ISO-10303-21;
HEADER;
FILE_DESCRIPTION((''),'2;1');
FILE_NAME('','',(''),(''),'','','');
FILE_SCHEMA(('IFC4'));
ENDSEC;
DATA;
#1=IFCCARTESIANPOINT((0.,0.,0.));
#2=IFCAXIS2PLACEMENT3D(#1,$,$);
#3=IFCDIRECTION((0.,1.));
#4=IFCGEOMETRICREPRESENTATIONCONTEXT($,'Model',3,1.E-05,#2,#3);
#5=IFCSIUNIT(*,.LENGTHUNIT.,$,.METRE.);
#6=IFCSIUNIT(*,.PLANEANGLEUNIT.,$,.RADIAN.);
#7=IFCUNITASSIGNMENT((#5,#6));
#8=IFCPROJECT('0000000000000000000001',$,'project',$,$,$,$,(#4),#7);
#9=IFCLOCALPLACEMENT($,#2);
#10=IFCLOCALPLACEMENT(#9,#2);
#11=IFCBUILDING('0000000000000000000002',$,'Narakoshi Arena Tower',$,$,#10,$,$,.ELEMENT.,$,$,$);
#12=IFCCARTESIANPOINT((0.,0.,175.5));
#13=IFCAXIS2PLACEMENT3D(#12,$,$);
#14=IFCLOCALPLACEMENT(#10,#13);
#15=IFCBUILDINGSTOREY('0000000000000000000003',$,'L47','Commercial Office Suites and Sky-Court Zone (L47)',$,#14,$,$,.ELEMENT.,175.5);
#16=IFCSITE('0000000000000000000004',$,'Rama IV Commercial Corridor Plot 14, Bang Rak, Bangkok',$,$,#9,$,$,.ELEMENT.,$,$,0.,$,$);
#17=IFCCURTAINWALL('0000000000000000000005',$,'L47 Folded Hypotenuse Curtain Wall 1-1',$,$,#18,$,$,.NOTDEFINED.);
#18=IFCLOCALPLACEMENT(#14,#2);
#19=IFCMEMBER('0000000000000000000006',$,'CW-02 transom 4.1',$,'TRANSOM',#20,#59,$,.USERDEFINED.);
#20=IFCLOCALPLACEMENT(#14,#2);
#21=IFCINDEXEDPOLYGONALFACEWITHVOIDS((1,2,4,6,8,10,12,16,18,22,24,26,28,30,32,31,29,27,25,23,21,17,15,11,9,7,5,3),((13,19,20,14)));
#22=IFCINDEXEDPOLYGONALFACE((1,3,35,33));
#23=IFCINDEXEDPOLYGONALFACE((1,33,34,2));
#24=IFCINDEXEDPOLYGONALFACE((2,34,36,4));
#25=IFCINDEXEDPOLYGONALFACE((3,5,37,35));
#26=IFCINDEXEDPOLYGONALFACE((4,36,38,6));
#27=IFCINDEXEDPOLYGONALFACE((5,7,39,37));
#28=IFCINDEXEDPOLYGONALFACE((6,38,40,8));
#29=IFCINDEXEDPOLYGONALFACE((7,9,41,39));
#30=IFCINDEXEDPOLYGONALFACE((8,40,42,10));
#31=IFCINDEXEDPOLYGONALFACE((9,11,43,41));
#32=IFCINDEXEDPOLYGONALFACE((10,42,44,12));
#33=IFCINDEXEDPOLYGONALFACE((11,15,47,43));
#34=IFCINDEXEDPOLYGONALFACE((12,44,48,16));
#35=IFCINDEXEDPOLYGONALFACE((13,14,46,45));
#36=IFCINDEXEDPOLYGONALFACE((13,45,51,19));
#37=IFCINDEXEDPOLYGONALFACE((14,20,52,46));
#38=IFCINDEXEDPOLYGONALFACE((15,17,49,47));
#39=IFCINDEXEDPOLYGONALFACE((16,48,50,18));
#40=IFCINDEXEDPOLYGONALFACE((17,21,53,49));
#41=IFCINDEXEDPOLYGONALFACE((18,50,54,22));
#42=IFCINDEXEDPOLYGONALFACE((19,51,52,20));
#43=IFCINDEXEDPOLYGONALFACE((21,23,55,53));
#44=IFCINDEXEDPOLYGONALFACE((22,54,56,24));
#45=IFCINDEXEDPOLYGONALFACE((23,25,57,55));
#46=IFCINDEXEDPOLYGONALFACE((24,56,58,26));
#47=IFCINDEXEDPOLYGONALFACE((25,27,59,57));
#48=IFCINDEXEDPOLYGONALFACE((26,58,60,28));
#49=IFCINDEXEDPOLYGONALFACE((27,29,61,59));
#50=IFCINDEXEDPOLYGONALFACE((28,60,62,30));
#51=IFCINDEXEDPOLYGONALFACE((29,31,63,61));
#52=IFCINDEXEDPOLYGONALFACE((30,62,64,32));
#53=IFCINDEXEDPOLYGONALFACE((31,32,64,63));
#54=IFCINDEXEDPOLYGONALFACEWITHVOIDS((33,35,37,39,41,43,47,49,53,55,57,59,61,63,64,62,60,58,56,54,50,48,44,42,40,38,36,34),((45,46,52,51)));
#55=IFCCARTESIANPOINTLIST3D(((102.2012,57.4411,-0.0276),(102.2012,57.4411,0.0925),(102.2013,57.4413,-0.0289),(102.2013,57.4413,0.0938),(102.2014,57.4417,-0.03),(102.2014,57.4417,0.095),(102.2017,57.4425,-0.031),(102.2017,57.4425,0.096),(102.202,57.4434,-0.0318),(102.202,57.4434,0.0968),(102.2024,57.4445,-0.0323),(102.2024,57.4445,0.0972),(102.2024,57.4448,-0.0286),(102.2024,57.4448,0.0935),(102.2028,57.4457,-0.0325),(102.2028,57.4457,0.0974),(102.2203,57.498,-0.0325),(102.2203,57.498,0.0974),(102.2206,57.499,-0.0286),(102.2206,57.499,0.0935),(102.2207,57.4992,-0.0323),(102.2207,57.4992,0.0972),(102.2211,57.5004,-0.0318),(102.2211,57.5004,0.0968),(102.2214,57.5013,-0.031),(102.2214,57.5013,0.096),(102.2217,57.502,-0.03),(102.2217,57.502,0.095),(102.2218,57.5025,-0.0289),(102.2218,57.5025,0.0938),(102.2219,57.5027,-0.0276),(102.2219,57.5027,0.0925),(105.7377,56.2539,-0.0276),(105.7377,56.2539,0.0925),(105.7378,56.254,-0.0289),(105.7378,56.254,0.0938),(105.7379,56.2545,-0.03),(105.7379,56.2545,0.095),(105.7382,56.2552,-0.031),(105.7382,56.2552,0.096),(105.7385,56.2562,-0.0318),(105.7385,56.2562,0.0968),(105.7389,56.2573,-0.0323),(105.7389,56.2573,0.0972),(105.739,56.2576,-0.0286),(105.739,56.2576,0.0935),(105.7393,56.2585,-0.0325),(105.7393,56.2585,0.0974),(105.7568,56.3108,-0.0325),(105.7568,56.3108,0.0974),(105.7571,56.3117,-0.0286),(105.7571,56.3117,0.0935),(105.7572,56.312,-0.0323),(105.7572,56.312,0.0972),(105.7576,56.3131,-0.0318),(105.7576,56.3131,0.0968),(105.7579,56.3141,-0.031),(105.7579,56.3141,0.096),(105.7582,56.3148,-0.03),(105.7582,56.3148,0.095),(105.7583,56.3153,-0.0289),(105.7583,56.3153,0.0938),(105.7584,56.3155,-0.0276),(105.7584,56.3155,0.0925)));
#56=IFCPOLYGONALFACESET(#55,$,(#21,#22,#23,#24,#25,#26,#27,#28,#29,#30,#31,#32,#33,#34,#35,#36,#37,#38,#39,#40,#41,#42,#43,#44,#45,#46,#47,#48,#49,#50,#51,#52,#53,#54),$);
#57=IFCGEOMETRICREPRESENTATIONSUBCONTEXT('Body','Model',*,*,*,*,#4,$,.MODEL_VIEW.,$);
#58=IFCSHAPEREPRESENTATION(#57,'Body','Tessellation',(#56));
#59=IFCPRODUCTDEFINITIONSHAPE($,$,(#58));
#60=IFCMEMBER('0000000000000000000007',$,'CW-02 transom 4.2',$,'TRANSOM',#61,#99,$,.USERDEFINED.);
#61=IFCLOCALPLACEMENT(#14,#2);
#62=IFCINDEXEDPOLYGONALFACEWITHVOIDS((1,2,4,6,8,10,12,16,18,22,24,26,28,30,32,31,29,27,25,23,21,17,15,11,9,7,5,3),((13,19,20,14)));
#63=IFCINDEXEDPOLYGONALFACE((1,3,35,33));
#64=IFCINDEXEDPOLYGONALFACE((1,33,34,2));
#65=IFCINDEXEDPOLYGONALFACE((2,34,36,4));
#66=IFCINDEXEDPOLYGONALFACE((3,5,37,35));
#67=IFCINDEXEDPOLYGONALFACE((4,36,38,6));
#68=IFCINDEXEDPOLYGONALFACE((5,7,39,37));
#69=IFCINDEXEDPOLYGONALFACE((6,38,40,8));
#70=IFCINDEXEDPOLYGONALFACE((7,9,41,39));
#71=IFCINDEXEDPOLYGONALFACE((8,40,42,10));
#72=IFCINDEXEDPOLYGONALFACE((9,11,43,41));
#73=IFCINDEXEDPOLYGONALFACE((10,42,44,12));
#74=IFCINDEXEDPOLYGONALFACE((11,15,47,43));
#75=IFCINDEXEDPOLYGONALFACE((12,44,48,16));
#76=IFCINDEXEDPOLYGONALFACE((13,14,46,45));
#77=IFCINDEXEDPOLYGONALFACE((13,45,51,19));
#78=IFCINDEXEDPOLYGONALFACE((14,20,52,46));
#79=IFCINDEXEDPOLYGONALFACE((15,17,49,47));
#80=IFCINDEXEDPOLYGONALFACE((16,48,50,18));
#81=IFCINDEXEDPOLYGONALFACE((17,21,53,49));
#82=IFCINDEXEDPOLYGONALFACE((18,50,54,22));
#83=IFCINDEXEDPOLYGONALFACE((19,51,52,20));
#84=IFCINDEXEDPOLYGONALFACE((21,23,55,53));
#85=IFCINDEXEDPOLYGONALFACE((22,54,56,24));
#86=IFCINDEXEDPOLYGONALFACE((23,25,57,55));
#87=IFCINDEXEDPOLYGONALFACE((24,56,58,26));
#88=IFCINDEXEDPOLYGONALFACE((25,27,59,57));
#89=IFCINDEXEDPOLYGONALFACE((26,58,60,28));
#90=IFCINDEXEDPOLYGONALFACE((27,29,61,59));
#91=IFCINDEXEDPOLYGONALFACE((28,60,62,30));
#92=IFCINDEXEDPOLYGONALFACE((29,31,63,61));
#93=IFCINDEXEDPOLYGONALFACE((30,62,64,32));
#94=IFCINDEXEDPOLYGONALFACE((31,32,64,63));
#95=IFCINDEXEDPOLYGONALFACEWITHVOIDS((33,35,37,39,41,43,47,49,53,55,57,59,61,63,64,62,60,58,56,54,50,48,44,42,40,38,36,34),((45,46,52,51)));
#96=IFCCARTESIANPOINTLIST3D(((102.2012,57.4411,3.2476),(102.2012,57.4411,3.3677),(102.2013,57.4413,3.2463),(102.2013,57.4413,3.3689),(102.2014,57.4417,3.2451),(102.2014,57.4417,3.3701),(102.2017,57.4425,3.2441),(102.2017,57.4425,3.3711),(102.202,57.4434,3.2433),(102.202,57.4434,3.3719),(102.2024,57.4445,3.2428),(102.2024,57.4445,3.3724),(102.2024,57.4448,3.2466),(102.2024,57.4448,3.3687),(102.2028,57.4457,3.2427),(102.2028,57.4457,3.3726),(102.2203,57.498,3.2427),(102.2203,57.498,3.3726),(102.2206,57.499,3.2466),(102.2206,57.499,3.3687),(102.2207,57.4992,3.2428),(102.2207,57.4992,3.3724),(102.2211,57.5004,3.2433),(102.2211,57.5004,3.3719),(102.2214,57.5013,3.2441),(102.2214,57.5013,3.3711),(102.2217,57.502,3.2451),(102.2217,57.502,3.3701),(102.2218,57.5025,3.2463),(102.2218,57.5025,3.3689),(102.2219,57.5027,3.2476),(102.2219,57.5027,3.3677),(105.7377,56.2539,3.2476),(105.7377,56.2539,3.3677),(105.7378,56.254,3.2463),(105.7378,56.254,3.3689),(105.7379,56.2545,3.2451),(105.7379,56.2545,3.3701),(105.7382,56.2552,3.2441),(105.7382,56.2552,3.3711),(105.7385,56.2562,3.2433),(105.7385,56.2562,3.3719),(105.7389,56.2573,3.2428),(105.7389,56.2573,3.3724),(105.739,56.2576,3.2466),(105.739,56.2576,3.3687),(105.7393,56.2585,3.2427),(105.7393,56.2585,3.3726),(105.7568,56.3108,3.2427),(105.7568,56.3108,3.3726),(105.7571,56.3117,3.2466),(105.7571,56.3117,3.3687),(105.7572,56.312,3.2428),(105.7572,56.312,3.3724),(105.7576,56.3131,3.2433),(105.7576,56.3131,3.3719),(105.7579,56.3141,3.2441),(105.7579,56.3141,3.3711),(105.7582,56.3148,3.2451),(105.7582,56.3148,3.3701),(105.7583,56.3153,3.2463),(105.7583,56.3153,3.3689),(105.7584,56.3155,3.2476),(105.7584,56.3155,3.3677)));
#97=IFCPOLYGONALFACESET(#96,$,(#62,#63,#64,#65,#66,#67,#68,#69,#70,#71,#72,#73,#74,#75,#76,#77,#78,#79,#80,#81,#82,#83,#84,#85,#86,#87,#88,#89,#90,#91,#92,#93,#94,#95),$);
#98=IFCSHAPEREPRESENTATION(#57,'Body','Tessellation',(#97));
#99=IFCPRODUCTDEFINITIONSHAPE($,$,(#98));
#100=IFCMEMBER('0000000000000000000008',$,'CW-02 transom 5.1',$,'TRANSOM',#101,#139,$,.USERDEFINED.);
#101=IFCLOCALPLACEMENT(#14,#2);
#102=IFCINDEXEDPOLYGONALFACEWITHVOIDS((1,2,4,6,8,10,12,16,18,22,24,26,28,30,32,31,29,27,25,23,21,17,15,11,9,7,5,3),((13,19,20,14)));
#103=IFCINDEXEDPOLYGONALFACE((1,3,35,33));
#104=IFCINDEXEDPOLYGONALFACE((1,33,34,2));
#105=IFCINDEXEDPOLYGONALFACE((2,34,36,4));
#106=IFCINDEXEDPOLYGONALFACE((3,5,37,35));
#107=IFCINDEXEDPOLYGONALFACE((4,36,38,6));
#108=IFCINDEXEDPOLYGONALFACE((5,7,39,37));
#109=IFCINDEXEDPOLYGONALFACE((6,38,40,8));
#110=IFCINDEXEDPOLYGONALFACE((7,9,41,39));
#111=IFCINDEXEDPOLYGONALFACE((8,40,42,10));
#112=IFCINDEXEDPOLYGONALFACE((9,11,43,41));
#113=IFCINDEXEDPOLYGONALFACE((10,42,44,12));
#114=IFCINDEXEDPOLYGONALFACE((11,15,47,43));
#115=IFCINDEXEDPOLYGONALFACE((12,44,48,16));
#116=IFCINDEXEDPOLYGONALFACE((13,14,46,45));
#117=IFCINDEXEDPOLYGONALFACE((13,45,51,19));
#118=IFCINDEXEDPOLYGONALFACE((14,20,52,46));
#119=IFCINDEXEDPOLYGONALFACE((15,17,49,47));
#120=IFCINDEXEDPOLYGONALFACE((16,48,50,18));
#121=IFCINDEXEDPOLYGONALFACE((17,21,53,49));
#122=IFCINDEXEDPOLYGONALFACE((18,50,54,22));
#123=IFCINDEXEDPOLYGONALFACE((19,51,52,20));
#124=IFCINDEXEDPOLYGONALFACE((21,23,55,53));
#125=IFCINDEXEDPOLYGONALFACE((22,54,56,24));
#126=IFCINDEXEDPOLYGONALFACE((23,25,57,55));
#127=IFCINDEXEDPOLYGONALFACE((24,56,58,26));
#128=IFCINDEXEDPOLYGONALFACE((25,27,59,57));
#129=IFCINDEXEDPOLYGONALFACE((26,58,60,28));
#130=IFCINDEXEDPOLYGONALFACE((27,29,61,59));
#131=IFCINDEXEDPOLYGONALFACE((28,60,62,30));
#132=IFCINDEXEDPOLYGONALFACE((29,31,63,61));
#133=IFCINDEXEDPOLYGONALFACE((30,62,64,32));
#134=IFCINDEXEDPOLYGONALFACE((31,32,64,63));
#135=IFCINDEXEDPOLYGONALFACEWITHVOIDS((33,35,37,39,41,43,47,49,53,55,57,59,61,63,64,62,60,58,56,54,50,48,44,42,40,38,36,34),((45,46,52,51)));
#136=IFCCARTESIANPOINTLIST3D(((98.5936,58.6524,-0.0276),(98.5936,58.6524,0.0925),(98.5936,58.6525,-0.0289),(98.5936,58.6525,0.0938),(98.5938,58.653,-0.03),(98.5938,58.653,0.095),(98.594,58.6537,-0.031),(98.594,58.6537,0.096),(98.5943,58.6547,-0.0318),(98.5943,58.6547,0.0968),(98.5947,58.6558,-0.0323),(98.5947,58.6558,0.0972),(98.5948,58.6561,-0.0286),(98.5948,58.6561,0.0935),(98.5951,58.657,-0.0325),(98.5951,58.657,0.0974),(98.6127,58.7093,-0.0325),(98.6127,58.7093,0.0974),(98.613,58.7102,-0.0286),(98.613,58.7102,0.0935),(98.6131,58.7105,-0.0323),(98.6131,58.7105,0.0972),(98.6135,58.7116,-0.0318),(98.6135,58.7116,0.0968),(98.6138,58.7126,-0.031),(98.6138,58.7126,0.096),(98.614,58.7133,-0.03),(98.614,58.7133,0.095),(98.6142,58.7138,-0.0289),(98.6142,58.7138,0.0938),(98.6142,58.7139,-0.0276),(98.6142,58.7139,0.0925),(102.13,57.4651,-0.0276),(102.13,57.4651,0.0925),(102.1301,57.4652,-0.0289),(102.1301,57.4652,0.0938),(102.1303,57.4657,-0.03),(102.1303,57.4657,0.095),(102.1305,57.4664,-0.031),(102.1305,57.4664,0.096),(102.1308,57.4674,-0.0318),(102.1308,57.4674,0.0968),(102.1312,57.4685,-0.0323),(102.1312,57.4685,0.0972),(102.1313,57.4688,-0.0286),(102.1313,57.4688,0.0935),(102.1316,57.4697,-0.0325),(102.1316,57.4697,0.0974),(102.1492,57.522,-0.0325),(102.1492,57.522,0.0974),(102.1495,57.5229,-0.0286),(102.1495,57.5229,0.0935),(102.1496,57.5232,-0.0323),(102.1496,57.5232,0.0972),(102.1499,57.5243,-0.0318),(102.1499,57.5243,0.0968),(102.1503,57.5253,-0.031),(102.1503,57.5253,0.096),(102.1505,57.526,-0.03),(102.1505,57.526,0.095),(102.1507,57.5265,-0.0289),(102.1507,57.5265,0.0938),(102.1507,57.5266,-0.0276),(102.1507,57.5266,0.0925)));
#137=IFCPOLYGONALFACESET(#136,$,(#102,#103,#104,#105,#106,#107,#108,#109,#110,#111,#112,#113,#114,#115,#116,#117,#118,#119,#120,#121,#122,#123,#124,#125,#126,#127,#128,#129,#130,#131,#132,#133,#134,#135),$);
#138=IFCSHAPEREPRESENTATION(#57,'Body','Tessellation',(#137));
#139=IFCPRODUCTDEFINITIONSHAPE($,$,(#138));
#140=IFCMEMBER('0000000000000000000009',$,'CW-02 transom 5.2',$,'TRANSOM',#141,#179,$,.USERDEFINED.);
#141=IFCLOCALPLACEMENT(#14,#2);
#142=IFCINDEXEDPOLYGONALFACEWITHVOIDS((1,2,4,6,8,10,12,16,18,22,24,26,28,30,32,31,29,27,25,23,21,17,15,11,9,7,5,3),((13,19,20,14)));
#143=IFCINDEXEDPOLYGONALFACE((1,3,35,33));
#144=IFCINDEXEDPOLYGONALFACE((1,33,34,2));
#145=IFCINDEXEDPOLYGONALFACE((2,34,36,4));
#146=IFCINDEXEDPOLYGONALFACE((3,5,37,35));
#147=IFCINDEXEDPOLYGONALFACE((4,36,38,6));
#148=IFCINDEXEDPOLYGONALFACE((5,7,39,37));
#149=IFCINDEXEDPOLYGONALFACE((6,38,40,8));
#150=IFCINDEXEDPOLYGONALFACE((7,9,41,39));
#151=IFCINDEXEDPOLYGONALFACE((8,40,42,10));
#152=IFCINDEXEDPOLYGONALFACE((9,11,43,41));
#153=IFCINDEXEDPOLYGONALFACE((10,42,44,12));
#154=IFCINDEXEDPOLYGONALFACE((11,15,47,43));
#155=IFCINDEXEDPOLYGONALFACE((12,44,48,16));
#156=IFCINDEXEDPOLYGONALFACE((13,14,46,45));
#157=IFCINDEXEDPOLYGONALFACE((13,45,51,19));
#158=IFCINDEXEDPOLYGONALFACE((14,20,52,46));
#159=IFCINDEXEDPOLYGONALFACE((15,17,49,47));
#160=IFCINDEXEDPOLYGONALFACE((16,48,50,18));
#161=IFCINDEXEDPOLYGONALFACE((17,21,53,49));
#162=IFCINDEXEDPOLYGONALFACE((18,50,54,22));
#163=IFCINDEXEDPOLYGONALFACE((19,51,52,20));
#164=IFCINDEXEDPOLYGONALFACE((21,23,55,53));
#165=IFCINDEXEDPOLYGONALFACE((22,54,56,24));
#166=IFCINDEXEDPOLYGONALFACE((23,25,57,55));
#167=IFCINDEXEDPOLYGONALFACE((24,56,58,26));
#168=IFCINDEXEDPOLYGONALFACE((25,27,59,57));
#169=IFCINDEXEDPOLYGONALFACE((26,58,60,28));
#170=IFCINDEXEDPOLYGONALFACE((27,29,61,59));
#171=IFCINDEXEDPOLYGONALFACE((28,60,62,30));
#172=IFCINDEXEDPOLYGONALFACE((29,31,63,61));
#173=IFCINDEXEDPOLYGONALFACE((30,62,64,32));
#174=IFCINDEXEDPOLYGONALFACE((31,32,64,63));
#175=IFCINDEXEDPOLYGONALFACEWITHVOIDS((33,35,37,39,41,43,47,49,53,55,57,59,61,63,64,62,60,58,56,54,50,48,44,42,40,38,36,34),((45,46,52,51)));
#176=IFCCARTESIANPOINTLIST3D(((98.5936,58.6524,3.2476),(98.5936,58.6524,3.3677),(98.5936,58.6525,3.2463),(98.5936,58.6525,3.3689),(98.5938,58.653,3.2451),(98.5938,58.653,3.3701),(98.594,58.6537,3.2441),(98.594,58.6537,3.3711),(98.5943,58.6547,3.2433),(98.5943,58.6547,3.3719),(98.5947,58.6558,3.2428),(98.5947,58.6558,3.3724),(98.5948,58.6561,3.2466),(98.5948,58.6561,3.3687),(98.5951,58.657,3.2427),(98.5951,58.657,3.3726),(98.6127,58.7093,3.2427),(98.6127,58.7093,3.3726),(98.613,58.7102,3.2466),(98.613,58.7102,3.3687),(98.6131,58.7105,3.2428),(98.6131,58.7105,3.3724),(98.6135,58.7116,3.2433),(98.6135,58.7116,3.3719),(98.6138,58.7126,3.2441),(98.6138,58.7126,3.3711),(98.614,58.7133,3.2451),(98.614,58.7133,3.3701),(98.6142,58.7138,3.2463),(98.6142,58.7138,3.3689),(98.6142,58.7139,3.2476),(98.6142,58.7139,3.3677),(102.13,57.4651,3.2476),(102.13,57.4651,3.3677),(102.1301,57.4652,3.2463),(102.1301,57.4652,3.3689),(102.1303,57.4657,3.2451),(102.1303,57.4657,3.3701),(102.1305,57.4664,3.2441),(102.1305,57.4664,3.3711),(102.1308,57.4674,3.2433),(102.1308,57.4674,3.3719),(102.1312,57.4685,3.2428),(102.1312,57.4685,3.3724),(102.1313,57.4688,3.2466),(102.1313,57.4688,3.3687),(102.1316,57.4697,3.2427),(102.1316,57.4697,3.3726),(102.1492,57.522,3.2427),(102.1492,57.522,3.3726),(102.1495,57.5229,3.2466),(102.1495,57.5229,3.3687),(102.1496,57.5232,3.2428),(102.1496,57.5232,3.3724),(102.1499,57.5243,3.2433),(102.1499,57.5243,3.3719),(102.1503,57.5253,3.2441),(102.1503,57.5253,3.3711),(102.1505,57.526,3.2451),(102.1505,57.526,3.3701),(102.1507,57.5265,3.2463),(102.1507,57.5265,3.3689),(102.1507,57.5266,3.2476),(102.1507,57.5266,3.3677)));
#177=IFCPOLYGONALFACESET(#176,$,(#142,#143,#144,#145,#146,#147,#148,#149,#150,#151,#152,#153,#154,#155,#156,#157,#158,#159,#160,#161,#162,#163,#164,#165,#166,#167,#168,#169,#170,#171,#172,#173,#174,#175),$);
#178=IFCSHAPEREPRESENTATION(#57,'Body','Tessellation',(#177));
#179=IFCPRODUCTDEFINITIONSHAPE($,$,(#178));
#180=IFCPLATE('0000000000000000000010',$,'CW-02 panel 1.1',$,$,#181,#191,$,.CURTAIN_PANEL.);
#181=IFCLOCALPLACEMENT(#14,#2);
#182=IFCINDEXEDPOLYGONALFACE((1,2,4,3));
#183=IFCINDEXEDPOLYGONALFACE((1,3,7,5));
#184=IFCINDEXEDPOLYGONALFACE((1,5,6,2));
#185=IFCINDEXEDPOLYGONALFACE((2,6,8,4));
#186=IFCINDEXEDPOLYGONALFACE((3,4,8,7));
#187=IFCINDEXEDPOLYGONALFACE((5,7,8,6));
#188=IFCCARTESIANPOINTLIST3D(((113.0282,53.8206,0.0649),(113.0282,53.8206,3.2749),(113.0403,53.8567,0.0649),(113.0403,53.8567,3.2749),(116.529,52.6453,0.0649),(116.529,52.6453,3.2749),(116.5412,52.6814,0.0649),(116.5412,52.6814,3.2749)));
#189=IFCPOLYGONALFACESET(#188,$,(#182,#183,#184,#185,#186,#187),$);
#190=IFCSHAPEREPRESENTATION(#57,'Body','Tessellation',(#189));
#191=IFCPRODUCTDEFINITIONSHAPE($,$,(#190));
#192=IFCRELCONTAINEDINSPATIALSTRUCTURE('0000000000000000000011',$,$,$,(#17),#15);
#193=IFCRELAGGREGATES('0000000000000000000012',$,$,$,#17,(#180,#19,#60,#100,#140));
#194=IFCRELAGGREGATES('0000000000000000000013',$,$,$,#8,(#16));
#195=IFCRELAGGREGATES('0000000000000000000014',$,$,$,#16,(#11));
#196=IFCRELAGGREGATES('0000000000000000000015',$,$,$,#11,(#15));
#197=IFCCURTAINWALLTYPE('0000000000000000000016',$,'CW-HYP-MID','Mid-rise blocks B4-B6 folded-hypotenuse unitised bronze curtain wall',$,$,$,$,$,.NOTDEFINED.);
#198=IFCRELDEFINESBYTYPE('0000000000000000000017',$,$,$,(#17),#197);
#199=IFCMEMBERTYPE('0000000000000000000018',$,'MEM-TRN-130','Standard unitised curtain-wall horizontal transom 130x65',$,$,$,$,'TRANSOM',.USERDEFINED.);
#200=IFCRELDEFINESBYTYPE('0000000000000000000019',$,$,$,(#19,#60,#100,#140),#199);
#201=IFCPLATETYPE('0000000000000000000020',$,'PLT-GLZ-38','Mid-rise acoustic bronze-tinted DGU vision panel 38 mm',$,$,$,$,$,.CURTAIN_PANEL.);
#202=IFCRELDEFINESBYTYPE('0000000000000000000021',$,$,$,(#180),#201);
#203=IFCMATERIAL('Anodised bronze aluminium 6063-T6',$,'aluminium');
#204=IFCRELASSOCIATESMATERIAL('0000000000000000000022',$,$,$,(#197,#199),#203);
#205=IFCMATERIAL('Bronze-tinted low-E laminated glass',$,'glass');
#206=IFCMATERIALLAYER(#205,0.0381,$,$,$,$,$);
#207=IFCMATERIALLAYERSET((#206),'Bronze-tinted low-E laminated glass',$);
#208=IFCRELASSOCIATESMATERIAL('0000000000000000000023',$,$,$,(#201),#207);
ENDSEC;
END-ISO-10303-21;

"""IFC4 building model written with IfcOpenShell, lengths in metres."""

from ifc_helpers import new_model, si_unit, direction, frame, origin, origin_2d, place, context, subcontext, project, spatial, rectangle, hollow_rectangle, extrude, material, layer, layer_set, material_profile, profile_set, type_object, element, aggregate, save


model = new_model("IFC4")

# Units and contexts
model_context = context("Model", 3, precision=1e-05, world=origin(), true_north=direction((0.0, 1.0)))
body_context = subcontext(model_context, "Body", "Model", "MODEL_VIEW")
ifc_project = project(units=[si_unit("LENGTHUNIT", "METRE"), si_unit("PLANEANGLEUNIT", "RADIAN")], contexts=[model_context])

# Site, building, storey
site_placement = place(None, origin())
site = spatial("IfcSite", under=ifc_project, at=site_placement, Name="Rama IV Commercial Corridor Plot 14, Bang Rak, Bangkok", CompositionType="ELEMENT", RefElevation=0.0)
building_placement = place(site_placement, origin())
building = spatial("IfcBuilding", under=site, at=building_placement, Name="Narakoshi Arena Tower", CompositionType="ELEMENT")
storey_placement = place(building_placement, frame((0.0, 0.0, 175.5)))
storey = spatial("IfcBuildingStorey", under=building, at=storey_placement, Name="L47", Description="Commercial Office Suites and Sky-Court Zone (L47)", CompositionType="ELEMENT", Elevation=175.5)

# Curtain wall, members, plate
ifc_material_1 = material(Name="Anodised bronze aluminium 6063-T6", Category="aluminium")
curtain_wall_type = type_object("IfcCurtainWallType", Name="CW-HYP-MID", Description="Mid-rise blocks B4-B6 folded-hypotenuse unitised bronze curtain wall", PredefinedType="NOTDEFINED", material=ifc_material_1)
curtain_wall_placement = place(storey_placement, origin())
curtain_wall = element("IfcCurtainWall", 1, at=curtain_wall_placement, inside=storey, type_object=curtain_wall_type, Name="L47 Folded Hypotenuse Curtain Wall 1-1", PredefinedType="NOTDEFINED")
ifc_material_profile_1 = material_profile(ifc_material_1, hollow_rectangle(XDim=0.0649, YDim=0.1299, WallThickness=0.0039, OuterFilletRadius=0.0049, at=origin_2d()), Name="TRN130x65x4")
ifc_profile_set_1 = profile_set([ifc_material_profile_1], Name="Anodised bronze aluminium 6063-T6")
member_type_1 = type_object("IfcMemberType", Name="MEM-TRN-130", Description="Standard unitised curtain-wall horizontal transom 130x65", ElementType="TRANSOM", PredefinedType="USERDEFINED", material=ifc_profile_set_1)
member_1_placement = place(storey_placement, frame((105.748, 56.2847, 0.0325), z_axis=(-0.948007, 0.318249, 0.0), x_axis=(-0.318249, -0.948007, 0.0)))
member_1 = element("IfcMember", 2, at=member_1_placement, type_object=member_type_1, Name="CW-02 transom 4.1", ObjectType="TRANSOM", PredefinedType="USERDEFINED", context=body_context, shape_type="SweptSolid", body=[
    extrude(hollow_rectangle(XDim=0.0649, YDim=0.1299, WallThickness=0.0039, OuterFilletRadius=0.0049, at=origin_2d()), origin(), (0.0, 0.0, 1.0), 3.7305),
])
member_2_placement = place(storey_placement, frame((105.748, 56.2847, 3.3076), z_axis=(-0.948007, 0.318249, 0.0), x_axis=(-0.318249, -0.948007, 0.0)))
member_2 = element("IfcMember", 3, at=member_2_placement, type_object=member_type_1, Name="CW-02 transom 4.2", ObjectType="TRANSOM", PredefinedType="USERDEFINED", context=body_context, shape_type="SweptSolid", body=[
    extrude(hollow_rectangle(XDim=0.0649, YDim=0.1299, WallThickness=0.0039, OuterFilletRadius=0.0049, at=origin_2d()), origin(), (0.0, 0.0, 1.0), 3.7305),
])
member_3_placement = place(storey_placement, frame((102.1404, 57.4958, 0.0325), z_axis=(-0.948, 0.318269, 0.0), x_axis=(-0.318269, -0.948, 0.0)))
member_3 = element("IfcMember", 4, at=member_3_placement, type_object=member_type_1, Name="CW-02 transom 5.1", ObjectType="TRANSOM", PredefinedType="USERDEFINED", context=body_context, shape_type="SweptSolid", body=[
    extrude(hollow_rectangle(XDim=0.0649, YDim=0.1299, WallThickness=0.0039, OuterFilletRadius=0.0049, at=origin_2d()), origin(), (0.0, 0.0, 1.0), 3.7305),
])
member_4_placement = place(storey_placement, frame((102.1404, 57.4958, 3.3076), z_axis=(-0.948, 0.318269, 0.0), x_axis=(-0.318269, -0.948, 0.0)))
member_4 = element("IfcMember", 5, at=member_4_placement, type_object=member_type_1, Name="CW-02 transom 5.2", ObjectType="TRANSOM", PredefinedType="USERDEFINED", context=body_context, shape_type="SweptSolid", body=[
    extrude(hollow_rectangle(XDim=0.0649, YDim=0.1299, WallThickness=0.0039, OuterFilletRadius=0.0049, at=origin_2d()), origin(), (0.0, 0.0, 1.0), 3.7305),
])
ifc_material_2 = material(Name="Bronze-tinted low-E laminated glass", Category="glass")
ifc_layer_1 = layer(ifc_material_2, 0.0381)
ifc_layer_set_1 = layer_set([ifc_layer_1], Name="Bronze-tinted low-E laminated glass")
plate_type = type_object("IfcPlateType", Name="PLT-GLZ-38", Description="Mid-rise acoustic bronze-tinted DGU vision panel 38 mm", PredefinedType="CURTAIN_PANEL", material=ifc_layer_set_1)
plate_1_placement = place(storey_placement, frame((114.7847, 53.251, 0.0649), z_axis=(0.0, 0.0, 1.0), x_axis=(-0.948003, 0.318261, 0.0)))
plate_1 = element("IfcPlate", 6, at=plate_1_placement, type_object=plate_type, Name="CW-02 panel 1.1", PredefinedType="CURTAIN_PANEL", context=body_context, shape_type="SweptSolid", body=[
    extrude(rectangle(XDim=3.6929, YDim=0.0381, at=origin_2d()), origin(), (0.0, 0.0, 1.0), 3.21),
])
aggregate(curtain_wall, [plate_1, member_1, member_2, member_3, member_4])

save(model, "model.ifc")
